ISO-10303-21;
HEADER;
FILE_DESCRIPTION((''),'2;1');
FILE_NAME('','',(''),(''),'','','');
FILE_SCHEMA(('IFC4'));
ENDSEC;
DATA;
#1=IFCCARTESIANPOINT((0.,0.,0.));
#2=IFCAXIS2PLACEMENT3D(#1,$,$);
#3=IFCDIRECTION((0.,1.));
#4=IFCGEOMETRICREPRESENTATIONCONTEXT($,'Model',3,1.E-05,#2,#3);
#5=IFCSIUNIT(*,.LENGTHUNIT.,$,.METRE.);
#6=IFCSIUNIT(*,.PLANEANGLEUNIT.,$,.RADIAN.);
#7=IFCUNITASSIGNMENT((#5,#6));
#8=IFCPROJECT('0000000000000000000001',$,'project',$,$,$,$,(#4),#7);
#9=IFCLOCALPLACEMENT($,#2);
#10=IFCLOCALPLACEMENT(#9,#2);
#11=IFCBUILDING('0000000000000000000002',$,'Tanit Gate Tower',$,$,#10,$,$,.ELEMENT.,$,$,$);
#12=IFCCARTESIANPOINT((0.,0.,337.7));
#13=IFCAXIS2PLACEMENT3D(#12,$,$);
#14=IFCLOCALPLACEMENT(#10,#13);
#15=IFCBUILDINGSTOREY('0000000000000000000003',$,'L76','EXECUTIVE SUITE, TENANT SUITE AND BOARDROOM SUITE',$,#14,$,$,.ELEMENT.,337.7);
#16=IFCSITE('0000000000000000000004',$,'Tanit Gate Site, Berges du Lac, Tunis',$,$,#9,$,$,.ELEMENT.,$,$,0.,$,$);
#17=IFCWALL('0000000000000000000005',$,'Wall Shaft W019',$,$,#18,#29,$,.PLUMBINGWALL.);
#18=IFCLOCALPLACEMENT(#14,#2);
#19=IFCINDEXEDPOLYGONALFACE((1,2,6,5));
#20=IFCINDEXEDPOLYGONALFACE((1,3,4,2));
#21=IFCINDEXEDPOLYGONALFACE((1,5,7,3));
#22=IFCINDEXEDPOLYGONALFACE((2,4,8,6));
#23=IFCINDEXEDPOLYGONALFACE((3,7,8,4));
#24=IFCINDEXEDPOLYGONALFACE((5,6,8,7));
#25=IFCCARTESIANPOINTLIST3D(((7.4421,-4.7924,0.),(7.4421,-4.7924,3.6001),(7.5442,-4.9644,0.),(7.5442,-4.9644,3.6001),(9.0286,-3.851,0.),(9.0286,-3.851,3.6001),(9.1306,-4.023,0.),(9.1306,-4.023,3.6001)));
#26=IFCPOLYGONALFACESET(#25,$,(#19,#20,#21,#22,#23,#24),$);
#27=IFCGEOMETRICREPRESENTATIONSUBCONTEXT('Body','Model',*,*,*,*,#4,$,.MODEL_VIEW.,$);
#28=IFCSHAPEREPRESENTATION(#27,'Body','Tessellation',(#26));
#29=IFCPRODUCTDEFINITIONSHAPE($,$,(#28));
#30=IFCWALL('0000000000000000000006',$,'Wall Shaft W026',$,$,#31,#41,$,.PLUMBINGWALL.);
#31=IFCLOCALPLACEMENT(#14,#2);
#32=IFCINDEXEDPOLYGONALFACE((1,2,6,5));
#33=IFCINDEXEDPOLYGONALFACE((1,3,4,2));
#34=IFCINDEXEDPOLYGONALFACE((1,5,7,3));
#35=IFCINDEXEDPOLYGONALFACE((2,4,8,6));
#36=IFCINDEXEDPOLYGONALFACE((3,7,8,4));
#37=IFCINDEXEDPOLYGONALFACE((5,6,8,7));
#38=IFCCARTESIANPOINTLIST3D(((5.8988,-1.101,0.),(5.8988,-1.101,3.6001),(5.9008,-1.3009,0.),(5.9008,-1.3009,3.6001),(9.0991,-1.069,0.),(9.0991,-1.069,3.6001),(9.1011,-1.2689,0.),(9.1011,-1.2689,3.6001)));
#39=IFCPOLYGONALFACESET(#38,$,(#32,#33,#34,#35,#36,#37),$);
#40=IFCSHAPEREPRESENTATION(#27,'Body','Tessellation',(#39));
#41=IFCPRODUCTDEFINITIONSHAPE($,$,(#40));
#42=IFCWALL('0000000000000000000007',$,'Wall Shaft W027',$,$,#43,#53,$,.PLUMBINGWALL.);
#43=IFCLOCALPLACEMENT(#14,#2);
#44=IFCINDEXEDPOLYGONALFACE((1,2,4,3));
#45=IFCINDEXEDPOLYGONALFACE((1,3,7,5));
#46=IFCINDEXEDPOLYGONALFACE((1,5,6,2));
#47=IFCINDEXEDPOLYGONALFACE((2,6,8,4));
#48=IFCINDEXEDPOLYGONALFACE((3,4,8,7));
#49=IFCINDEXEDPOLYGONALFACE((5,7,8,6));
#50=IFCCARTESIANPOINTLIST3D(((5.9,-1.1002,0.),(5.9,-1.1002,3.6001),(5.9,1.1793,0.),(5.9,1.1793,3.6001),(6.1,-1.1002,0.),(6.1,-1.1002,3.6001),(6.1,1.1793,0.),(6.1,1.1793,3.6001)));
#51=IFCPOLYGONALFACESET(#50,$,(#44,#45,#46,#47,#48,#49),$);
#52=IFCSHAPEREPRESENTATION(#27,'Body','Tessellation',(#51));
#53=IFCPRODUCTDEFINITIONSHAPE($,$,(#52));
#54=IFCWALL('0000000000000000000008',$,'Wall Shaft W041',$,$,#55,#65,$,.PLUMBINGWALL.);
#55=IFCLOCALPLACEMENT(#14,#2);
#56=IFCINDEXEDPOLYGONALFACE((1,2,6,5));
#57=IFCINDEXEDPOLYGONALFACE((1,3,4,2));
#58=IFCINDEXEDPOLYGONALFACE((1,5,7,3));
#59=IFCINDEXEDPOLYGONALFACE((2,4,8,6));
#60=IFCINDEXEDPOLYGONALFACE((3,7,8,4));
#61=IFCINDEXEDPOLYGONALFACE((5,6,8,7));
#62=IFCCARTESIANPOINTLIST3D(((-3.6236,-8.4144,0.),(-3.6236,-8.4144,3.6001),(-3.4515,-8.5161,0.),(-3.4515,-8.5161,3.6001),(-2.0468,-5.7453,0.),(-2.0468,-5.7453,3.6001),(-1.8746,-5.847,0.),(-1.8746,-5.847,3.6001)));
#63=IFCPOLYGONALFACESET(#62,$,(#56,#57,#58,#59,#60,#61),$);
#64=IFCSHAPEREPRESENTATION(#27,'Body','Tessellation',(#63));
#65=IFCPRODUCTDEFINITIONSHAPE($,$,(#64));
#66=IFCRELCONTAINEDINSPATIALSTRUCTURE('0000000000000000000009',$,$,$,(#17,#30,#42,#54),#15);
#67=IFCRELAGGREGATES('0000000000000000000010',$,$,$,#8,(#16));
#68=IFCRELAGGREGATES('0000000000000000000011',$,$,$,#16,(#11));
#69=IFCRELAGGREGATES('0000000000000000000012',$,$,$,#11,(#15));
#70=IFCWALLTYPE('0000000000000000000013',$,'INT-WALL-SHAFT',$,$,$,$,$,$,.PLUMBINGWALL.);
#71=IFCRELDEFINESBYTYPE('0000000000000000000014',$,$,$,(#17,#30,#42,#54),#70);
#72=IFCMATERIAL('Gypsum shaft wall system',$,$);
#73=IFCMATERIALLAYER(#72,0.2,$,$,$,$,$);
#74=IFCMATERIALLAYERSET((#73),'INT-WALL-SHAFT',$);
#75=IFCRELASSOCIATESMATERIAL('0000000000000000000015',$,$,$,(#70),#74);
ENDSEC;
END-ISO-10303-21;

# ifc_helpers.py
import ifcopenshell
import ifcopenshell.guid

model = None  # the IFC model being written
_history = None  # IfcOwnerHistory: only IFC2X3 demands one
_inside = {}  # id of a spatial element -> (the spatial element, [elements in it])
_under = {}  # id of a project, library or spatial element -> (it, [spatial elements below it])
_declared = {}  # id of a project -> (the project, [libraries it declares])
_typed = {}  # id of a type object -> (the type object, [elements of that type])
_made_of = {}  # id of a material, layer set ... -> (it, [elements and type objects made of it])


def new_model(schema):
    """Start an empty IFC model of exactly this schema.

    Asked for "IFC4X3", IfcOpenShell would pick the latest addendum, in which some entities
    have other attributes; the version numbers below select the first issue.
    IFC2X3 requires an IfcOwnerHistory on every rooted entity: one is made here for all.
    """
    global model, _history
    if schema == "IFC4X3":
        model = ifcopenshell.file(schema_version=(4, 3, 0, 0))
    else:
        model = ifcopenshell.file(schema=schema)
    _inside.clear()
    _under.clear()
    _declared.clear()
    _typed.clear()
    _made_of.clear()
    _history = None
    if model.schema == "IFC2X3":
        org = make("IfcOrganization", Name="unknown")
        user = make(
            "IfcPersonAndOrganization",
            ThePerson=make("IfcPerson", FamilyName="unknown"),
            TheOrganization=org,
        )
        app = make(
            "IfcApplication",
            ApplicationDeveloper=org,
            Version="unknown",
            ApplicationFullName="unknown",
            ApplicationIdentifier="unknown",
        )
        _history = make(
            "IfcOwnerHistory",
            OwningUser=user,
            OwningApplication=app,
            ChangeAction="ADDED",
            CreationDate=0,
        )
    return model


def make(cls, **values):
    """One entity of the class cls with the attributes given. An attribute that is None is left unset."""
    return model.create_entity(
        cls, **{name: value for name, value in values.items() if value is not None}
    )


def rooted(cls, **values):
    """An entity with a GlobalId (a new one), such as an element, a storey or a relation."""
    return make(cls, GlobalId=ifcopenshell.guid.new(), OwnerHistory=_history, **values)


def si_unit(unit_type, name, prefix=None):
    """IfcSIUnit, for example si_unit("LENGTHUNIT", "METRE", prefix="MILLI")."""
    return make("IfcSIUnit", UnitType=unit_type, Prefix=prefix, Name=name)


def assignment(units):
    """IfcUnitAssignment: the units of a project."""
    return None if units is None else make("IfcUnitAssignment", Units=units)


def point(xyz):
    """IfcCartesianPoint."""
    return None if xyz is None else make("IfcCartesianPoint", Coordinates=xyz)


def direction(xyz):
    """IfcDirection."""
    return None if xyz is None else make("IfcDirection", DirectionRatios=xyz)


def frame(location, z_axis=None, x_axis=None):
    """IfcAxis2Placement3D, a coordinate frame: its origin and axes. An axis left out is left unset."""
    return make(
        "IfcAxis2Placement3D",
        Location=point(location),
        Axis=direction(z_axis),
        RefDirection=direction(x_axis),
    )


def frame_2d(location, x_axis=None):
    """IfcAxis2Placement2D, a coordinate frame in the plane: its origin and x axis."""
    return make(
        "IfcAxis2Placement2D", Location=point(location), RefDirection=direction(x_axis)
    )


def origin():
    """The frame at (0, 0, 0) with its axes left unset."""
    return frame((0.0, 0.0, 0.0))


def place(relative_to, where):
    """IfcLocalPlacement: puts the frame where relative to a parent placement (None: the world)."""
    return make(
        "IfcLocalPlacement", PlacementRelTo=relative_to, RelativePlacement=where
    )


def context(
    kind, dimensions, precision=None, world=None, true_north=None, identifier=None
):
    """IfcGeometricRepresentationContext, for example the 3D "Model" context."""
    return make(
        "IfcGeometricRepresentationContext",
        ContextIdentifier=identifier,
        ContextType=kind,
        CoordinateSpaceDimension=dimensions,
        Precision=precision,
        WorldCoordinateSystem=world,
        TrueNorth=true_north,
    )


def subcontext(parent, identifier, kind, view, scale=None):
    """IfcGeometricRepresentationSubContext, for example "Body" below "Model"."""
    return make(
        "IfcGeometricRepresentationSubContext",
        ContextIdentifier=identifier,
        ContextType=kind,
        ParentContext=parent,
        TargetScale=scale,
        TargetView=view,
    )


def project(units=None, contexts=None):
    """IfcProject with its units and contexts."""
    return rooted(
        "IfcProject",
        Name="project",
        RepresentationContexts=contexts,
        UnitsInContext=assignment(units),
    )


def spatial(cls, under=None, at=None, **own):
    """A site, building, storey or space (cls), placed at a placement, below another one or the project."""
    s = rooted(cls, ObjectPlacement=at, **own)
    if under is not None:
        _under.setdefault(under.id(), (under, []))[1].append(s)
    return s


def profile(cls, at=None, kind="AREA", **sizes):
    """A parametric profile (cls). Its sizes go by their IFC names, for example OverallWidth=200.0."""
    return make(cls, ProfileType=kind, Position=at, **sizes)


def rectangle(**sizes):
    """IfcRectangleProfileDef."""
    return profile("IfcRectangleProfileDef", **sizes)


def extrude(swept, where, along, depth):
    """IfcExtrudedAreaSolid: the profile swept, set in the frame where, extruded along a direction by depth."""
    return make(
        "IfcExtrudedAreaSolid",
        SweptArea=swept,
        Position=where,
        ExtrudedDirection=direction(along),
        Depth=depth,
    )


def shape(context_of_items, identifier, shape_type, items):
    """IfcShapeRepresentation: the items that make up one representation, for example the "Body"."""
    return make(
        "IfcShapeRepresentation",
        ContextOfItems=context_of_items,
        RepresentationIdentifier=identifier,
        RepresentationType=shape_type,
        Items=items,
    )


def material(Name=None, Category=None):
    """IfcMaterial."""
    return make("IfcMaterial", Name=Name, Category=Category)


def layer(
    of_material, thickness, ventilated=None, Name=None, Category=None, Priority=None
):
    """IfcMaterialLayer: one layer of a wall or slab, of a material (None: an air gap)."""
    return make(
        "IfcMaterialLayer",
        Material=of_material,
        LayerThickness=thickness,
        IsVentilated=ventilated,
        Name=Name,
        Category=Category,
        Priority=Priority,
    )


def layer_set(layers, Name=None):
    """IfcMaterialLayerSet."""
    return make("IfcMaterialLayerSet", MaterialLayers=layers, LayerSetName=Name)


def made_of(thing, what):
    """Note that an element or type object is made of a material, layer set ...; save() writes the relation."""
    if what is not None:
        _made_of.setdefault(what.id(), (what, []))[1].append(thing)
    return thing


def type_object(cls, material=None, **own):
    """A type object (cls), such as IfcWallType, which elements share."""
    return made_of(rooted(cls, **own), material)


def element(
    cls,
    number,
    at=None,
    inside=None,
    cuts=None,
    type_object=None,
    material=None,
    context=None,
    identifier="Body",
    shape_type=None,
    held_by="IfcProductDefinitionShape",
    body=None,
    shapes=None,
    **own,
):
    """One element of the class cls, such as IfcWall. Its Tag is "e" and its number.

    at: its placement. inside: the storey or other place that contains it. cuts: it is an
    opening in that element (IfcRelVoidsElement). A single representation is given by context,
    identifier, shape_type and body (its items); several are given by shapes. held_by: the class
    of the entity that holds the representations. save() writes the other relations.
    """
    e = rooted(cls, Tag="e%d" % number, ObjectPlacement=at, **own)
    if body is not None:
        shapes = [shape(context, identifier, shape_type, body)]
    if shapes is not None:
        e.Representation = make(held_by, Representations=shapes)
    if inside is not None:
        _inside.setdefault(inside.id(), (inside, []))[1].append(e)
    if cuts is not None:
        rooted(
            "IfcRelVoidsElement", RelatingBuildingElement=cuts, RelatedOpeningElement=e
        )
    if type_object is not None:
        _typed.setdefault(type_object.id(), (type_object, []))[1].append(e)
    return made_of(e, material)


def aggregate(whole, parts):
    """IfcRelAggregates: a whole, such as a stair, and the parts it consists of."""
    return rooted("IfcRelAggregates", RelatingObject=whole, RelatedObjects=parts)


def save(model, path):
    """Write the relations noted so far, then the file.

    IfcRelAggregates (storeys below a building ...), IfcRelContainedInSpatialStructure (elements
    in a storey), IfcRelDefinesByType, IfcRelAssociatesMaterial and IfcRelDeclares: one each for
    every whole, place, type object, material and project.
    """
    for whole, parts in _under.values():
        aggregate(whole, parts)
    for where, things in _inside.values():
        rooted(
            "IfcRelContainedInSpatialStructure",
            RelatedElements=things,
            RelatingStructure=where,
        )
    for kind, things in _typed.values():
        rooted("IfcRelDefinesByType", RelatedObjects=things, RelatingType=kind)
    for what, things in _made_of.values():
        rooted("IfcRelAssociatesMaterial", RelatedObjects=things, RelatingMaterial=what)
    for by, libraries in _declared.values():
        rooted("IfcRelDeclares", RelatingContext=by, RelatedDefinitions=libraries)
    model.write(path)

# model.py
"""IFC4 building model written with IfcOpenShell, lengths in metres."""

from ifc_helpers import new_model, si_unit, direction, frame, frame_2d, origin, place, context, subcontext, project, spatial, rectangle, extrude, material, layer, layer_set, type_object, element, save


model = new_model("IFC4")

# Units and contexts
model_context = context("Model", 3, precision=1e-05, world=origin(), true_north=direction((0.0, 1.0)))
body_context = subcontext(model_context, "Body", "Model", "MODEL_VIEW")
ifc_project = project(units=[si_unit("LENGTHUNIT", "METRE"), si_unit("PLANEANGLEUNIT", "RADIAN")], contexts=[model_context])

# Site, building, storey
site_placement = place(None, origin())
site = spatial("IfcSite", under=ifc_project, at=site_placement, Name="Tanit Gate Site, Berges du Lac, Tunis", CompositionType="ELEMENT", RefElevation=0.0)
building_placement = place(site_placement, origin())
building = spatial("IfcBuilding", under=site, at=building_placement, Name="Tanit Gate Tower", CompositionType="ELEMENT")
storey_placement = place(building_placement, frame((0.0, 0.0, 337.7)))
storey = spatial("IfcBuildingStorey", under=building, at=storey_placement, Name="L76", Description="EXECUTIVE SUITE, TENANT SUITE AND BOARDROOM SUITE", CompositionType="ELEMENT", Elevation=337.7)

# Walls
ifc_material_1 = material(Name="Gypsum shaft wall system")
ifc_layer_1 = layer(ifc_material_1, 0.2)
ifc_layer_set_1 = layer_set([ifc_layer_1], Name="INT-WALL-SHAFT")
wall_type_1 = type_object("IfcWallType", Name="INT-WALL-SHAFT", PredefinedType="PLUMBINGWALL", material=ifc_layer_set_1)
wall_1_placement = place(storey_placement, frame((7.4932, -4.8784, 0.0), z_axis=(0.0, 0.0, 1.0), x_axis=(0.859982, 0.510325, 0.0)))
element("IfcWall", 1, at=wall_1_placement, inside=storey, type_object=wall_type_1, Name="Wall Shaft W019", PredefinedType="PLUMBINGWALL", context=body_context, shape_type="SweptSolid", body=[
    extrude(rectangle(XDim=1.8447, YDim=0.2, at=frame_2d((0.9224, 0.0))), origin(), (0.0, 0.0, 1.0), 3.6001),
])
wall_2_placement = place(storey_placement, frame((5.8999, -1.2009, 0.0), z_axis=(0.0, 0.0, 1.0), x_axis=(0.99995, 0.009993, 0.0)))
element("IfcWall", 2, at=wall_2_placement, inside=storey, type_object=wall_type_1, Name="Wall Shaft W026", PredefinedType="PLUMBINGWALL", context=body_context, shape_type="SweptSolid", body=[
    extrude(rectangle(XDim=3.2004, YDim=0.2, at=frame_2d((1.6001, 0.0))), origin(), (0.0, 0.0, 1.0), 3.6001),
])
wall_3_placement = place(storey_placement, frame((6.0, -1.1001, 0.0), z_axis=(0.0, 0.0, 1.0), x_axis=(0.0, 1.0, 0.0)))
element("IfcWall", 3, at=wall_3_placement, inside=storey, type_object=wall_type_1, Name="Wall Shaft W027", PredefinedType="PLUMBINGWALL", context=body_context, shape_type="SweptSolid", body=[
    extrude(rectangle(XDim=2.2795, YDim=0.2, at=frame_2d((1.1396, 0.0))), origin(), (0.0, 0.0, 1.0), 3.6001),
])
wall_4_placement = place(storey_placement, frame((-1.9607, -5.7961, 0.0), z_axis=(0.0, 0.0, 1.0), x_axis=(-0.508647, -0.860975, 0.0)))
element("IfcWall", 4, at=wall_4_placement, inside=storey, type_object=wall_type_1, Name="Wall Shaft W041", PredefinedType="PLUMBINGWALL", context=body_context, shape_type="SweptSolid", body=[
    extrude(rectangle(XDim=3.1001, YDim=0.2, at=frame_2d((1.55, 0.0))), origin(), (0.0, 0.0, 1.0), 3.6001),
])

save(model, "model.ifc")
